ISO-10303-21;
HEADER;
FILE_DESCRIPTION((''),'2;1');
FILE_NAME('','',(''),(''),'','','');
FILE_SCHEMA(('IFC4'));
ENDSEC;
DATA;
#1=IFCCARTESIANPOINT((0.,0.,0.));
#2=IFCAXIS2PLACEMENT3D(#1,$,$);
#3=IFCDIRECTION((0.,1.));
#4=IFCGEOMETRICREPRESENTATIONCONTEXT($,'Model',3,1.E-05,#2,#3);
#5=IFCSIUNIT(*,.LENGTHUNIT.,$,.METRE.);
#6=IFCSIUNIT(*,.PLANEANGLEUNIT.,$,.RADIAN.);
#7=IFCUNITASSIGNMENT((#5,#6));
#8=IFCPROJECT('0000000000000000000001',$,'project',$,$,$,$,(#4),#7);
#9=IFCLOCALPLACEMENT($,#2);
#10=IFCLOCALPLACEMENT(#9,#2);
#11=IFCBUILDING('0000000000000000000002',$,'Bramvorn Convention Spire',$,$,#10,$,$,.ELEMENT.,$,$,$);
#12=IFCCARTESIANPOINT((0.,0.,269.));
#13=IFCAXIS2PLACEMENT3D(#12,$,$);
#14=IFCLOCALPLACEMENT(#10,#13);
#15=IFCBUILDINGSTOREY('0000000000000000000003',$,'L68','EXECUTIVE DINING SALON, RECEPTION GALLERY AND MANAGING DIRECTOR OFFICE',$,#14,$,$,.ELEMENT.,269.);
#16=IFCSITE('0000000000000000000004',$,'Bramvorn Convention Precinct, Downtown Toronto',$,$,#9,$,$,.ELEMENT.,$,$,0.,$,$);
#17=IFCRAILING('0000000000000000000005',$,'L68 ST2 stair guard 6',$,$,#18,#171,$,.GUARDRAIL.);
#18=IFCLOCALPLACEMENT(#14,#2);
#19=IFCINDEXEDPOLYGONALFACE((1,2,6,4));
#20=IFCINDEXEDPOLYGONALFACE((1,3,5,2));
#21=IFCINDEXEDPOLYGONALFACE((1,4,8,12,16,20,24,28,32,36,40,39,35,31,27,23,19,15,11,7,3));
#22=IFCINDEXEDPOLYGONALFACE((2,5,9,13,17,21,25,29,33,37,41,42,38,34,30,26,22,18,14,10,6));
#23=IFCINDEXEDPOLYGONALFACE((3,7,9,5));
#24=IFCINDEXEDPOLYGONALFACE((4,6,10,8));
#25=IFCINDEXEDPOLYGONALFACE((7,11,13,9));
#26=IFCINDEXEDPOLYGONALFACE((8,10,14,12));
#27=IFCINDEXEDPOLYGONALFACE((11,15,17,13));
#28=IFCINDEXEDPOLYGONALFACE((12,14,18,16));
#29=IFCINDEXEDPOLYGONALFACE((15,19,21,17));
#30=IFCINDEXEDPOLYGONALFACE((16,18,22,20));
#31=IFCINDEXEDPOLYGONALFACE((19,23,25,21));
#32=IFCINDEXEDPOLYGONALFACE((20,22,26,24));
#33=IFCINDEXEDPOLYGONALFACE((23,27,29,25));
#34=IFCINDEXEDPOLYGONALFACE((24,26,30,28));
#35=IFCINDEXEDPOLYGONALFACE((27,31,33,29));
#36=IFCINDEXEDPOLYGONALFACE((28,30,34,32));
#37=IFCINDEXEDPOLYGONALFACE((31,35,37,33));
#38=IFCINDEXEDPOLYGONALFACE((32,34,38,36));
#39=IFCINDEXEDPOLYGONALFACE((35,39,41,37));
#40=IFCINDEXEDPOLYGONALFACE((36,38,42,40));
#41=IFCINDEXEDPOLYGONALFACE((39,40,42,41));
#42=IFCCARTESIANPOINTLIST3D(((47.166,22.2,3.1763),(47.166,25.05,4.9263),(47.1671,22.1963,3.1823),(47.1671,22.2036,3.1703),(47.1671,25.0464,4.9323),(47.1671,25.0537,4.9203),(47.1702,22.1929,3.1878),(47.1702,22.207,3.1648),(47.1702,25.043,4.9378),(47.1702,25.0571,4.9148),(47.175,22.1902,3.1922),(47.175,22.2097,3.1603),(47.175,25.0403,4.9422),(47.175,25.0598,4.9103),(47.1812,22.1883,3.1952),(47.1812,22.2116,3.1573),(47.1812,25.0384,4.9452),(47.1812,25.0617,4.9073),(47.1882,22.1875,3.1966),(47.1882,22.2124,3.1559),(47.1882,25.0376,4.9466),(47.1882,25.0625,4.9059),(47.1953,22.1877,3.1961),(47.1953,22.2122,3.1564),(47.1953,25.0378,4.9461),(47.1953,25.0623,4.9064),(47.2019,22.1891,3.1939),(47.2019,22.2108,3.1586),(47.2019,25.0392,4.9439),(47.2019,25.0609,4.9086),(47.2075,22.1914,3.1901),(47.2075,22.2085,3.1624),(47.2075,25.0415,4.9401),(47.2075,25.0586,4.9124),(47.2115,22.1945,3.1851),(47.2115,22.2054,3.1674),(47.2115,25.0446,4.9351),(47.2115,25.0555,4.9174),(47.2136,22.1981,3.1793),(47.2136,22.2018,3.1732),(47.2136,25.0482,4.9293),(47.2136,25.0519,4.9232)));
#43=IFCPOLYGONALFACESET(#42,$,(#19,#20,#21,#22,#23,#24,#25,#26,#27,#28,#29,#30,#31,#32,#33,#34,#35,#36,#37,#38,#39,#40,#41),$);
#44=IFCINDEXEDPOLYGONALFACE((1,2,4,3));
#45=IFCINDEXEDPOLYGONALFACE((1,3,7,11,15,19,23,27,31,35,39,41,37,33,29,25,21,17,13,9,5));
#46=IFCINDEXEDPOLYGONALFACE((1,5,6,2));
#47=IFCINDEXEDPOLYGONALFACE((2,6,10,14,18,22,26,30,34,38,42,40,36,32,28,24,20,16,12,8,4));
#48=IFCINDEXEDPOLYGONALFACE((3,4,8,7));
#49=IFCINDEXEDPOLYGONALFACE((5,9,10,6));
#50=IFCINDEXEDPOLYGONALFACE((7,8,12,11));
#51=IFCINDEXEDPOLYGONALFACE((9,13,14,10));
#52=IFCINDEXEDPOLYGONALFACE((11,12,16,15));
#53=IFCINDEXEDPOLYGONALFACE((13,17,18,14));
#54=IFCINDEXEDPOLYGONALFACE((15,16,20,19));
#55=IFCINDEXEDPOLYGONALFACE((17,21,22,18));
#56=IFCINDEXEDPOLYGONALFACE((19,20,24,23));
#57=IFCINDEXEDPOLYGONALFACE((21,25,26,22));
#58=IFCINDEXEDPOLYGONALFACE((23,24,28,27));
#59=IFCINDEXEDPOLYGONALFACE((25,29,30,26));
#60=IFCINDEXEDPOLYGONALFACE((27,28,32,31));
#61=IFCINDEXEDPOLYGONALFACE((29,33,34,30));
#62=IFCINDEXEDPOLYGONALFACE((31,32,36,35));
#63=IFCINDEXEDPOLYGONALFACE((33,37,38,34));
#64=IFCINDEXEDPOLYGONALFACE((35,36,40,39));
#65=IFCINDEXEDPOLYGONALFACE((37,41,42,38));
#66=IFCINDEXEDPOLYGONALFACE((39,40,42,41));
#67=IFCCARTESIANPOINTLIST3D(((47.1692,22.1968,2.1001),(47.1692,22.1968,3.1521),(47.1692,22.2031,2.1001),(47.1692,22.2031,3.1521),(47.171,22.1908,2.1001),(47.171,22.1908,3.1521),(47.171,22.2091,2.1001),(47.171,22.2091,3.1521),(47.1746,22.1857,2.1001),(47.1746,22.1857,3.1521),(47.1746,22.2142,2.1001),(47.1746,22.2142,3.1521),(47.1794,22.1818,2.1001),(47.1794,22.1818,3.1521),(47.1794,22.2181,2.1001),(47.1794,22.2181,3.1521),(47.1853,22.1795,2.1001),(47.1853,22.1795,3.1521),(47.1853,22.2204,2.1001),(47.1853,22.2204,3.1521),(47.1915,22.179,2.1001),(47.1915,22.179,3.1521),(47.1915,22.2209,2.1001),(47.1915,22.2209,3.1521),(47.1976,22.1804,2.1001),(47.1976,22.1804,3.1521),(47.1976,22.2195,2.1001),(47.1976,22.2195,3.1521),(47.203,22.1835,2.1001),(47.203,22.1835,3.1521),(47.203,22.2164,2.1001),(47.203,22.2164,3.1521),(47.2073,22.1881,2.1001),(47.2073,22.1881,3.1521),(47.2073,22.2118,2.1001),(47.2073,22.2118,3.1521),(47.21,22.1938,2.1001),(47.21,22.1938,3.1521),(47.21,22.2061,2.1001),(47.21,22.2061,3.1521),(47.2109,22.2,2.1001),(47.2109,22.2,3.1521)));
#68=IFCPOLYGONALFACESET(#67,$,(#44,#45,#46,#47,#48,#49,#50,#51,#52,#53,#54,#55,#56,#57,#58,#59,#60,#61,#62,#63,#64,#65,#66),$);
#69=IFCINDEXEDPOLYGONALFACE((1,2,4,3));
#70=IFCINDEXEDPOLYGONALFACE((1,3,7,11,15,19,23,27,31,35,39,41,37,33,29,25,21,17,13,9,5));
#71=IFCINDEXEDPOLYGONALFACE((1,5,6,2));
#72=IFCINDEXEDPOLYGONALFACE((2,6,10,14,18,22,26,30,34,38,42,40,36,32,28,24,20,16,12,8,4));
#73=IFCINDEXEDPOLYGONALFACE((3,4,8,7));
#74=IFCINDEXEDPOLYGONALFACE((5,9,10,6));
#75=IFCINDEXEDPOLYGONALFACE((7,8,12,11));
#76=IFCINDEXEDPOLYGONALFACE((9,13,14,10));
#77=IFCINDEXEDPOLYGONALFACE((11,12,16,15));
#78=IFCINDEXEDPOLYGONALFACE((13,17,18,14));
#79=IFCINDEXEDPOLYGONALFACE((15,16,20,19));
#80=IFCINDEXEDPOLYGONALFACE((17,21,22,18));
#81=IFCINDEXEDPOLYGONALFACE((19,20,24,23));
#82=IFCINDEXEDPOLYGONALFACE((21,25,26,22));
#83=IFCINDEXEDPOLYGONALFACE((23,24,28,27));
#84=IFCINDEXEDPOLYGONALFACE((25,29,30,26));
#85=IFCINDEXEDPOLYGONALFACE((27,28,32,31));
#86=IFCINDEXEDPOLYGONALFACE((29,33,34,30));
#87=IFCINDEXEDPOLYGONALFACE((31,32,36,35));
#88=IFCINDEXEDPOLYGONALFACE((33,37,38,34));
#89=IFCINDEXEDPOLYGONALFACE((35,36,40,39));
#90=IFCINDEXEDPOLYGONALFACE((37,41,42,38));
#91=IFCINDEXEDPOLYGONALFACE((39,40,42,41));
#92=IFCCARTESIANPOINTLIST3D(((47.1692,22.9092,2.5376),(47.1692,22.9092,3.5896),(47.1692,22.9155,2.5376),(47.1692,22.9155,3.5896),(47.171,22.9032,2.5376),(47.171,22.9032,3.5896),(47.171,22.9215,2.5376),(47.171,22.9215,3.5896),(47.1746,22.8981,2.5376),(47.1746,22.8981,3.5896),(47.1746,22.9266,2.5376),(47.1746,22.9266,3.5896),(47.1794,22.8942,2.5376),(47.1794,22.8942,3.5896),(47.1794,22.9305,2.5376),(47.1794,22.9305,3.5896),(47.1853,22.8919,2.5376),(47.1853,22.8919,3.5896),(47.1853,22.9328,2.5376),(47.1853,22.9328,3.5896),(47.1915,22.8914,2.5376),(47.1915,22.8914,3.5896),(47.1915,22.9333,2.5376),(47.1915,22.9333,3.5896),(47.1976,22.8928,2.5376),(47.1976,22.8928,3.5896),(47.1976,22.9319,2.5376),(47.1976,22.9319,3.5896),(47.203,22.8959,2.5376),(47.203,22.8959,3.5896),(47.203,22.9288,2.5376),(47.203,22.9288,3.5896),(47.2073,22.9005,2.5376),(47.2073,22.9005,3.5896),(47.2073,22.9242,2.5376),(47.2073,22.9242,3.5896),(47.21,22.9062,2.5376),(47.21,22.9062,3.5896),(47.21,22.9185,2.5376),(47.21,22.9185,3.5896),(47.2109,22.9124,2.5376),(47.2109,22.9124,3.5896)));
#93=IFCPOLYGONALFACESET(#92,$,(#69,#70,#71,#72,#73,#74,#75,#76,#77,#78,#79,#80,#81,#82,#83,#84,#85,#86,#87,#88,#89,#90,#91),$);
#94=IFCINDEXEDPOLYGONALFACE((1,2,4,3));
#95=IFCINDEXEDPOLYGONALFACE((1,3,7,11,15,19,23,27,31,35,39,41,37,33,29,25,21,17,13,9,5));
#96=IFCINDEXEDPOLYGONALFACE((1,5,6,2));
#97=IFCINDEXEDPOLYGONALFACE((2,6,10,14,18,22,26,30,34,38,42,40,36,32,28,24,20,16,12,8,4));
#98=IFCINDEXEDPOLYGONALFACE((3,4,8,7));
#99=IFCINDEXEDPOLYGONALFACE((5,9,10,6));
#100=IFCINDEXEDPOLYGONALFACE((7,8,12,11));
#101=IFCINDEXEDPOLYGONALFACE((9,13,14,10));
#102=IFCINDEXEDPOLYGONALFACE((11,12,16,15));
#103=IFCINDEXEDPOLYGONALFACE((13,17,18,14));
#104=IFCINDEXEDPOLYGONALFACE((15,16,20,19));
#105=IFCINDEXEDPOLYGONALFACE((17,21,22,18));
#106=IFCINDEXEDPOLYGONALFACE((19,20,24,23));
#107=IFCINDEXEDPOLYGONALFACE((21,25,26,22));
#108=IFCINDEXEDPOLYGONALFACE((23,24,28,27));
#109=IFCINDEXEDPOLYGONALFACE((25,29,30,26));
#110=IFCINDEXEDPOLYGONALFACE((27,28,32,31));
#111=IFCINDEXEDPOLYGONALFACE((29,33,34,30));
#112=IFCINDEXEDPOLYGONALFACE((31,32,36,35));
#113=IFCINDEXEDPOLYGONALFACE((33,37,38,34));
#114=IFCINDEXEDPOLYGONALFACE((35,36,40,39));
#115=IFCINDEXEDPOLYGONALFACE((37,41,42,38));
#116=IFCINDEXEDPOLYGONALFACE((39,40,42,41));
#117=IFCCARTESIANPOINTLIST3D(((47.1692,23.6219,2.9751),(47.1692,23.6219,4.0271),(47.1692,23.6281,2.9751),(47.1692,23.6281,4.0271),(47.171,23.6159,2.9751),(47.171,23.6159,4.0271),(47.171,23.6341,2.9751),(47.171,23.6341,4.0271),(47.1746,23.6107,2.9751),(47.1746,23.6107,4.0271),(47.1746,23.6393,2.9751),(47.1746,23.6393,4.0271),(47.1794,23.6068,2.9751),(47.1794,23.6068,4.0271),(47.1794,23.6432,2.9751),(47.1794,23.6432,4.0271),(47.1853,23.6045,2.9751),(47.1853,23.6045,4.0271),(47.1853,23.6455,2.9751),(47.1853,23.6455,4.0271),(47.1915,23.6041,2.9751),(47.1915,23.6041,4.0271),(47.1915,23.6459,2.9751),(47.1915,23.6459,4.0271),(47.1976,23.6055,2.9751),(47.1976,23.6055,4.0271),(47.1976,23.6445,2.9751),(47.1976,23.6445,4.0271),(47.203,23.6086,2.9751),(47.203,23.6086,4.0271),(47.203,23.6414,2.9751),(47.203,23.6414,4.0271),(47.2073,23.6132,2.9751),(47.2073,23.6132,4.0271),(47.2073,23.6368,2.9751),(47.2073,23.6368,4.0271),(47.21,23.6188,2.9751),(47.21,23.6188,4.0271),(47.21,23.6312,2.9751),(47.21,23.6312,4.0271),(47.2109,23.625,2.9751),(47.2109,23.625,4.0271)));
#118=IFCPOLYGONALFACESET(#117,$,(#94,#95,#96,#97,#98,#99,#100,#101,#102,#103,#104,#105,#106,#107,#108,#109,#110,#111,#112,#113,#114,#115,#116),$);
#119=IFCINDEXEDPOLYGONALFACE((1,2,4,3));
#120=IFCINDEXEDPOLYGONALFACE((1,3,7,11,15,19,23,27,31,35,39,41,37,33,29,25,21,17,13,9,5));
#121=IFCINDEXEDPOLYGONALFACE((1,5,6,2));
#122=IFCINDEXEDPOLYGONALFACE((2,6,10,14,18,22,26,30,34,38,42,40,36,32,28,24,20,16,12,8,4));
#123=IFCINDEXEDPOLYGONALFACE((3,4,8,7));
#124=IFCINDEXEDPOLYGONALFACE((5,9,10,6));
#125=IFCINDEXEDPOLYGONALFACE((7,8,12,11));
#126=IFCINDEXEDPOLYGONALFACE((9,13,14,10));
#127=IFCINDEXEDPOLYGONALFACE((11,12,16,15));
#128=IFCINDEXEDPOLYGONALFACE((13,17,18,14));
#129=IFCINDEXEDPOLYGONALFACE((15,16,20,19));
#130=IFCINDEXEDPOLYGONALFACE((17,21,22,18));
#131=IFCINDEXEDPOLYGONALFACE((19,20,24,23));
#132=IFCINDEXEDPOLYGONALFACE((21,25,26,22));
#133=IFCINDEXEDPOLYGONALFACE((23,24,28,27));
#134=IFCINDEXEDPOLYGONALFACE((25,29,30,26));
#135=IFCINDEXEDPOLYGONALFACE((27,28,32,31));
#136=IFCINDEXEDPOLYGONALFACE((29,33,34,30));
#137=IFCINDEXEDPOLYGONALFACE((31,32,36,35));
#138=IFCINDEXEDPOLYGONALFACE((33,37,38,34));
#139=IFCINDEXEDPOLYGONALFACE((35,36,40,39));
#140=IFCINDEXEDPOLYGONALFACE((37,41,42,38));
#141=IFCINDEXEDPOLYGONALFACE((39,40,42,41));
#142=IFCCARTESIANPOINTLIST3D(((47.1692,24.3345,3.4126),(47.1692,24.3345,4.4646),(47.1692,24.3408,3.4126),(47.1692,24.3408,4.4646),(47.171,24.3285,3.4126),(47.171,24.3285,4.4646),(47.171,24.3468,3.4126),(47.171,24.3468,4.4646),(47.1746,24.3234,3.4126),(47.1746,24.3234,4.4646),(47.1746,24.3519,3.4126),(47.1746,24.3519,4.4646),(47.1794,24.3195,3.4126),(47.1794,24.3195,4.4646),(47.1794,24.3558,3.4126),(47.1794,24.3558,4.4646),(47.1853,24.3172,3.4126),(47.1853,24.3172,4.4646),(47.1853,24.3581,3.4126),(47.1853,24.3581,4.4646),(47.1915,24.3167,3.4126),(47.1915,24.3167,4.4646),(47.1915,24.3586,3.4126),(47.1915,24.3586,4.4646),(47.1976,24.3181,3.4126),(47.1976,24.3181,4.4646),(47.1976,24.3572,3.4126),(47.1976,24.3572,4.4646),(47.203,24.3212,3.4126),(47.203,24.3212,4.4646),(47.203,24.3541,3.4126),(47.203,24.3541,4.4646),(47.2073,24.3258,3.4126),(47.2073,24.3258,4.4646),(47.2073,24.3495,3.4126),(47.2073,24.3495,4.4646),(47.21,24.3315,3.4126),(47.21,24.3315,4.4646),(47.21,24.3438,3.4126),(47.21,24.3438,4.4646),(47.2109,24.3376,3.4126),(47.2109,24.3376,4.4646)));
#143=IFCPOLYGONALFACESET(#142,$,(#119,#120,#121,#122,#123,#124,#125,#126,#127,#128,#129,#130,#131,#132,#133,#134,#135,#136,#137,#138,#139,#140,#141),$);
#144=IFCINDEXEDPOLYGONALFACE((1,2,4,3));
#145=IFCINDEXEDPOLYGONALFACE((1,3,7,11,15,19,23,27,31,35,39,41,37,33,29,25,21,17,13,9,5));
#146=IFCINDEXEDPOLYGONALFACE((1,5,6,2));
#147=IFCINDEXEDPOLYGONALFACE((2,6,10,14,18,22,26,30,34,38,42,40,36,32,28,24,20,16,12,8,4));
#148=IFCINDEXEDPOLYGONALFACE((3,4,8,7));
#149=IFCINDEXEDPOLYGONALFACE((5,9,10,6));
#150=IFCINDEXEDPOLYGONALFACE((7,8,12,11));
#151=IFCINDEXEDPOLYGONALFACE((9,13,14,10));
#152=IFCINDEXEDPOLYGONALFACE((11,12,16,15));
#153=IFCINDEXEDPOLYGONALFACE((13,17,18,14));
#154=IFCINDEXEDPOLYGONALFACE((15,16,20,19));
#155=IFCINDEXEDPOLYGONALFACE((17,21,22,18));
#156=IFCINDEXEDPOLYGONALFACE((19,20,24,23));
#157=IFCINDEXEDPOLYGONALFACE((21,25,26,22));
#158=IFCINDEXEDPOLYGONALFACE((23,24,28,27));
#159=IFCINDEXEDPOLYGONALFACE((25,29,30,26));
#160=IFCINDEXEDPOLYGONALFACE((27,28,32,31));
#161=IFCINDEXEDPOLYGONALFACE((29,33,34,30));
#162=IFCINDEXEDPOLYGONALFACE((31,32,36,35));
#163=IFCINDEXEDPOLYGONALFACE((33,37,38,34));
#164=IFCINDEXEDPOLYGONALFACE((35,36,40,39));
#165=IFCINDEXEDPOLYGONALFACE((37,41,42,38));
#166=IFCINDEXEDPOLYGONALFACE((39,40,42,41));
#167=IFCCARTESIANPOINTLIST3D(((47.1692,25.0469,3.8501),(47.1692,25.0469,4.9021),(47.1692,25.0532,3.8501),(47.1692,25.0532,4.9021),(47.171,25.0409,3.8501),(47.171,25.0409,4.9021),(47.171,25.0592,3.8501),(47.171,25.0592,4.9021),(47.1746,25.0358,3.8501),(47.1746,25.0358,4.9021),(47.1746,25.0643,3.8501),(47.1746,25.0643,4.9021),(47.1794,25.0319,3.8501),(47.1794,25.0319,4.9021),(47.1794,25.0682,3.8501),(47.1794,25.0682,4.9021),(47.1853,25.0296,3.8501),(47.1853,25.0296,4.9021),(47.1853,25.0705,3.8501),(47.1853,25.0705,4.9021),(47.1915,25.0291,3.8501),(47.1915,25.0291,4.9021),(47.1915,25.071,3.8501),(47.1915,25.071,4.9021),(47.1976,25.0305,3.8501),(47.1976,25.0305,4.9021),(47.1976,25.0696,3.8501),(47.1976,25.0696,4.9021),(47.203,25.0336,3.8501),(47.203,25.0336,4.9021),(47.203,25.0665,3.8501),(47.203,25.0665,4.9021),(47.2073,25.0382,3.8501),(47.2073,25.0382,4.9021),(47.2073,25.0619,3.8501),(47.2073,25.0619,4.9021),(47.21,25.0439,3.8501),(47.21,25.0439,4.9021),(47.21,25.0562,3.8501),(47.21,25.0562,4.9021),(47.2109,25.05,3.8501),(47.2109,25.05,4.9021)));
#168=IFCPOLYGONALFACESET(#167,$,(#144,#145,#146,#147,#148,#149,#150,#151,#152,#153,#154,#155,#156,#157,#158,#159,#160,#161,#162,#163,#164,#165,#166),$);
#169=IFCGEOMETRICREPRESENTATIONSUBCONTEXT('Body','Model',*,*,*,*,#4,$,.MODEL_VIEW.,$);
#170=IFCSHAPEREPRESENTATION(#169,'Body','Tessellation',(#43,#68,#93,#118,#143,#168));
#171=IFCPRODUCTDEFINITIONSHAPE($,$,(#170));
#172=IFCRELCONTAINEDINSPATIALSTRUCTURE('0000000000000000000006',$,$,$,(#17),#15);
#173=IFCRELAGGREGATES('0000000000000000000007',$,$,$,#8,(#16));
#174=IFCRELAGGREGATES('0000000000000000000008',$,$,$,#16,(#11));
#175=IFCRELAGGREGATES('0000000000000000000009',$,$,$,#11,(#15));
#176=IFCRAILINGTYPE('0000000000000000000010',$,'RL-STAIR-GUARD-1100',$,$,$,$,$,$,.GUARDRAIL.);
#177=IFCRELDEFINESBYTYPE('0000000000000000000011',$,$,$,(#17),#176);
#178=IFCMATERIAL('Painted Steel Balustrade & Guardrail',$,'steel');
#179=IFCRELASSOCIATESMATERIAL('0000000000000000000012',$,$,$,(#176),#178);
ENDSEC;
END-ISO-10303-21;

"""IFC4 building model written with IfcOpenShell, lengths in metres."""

from ifc_helpers import new_model, si_unit, direction, frame, origin, origin_2d, place, context, subcontext, project, spatial, circle, extrude, material, type_object, element, save


model = new_model("IFC4")

# Units and contexts
model_context = context("Model", 3, precision=1e-05, world=origin(), true_north=direction((0.0, 1.0)))
body_context = subcontext(model_context, "Body", "Model", "MODEL_VIEW")
ifc_project = project(units=[si_unit("LENGTHUNIT", "METRE"), si_unit("PLANEANGLEUNIT", "RADIAN")], contexts=[model_context])

# Site, building, storey
site_placement = place(None, origin())
site = spatial("IfcSite", under=ifc_project, at=site_placement, Name="Bramvorn Convention Precinct, Downtown Toronto", CompositionType="ELEMENT", RefElevation=0.0)
building_placement = place(site_placement, origin())
building = spatial("IfcBuilding", under=site, at=building_placement, Name="Bramvorn Convention Spire", CompositionType="ELEMENT")
storey_placement = place(building_placement, frame((0.0, 0.0, 269.0)))
storey = spatial("IfcBuildingStorey", under=building, at=storey_placement, Name="L68", Description="EXECUTIVE DINING SALON, RECEPTION GALLERY AND MANAGING DIRECTOR OFFICE", CompositionType="ELEMENT", Elevation=269.0)

# Railing
ifc_material_1 = material(Name="Painted Steel Balustrade & Guardrail", Category="steel")
railing_type = type_object("IfcRailingType", Name="RL-STAIR-GUARD-1100", PredefinedType="GUARDRAIL", material=ifc_material_1)
railing_1_placement = place(storey_placement, frame((47.1899, 22.2, 2.1001)))
element("IfcRailing", 1, at=railing_1_placement, inside=storey, type_object=railing_type, Name="L68 ST2 stair guard 6", PredefinedType="GUARDRAIL", context=body_context, shape_type="SweptSolid", body=[
    extrude(circle(Radius=0.0239, at=origin_2d()), frame((0.0, 0.0, 1.0762), z_axis=(0.0, 0.852179, 0.52325), x_axis=(-1.0, 0.0, 0.0)), (0.0, 0.0, 1.0), 3.3445),
    extrude(circle(Radius=0.021, at=origin_2d()), origin(), (0.0, 0.0, 1.0), 1.052),
    extrude(circle(Radius=0.021, at=origin_2d()), frame((0.0, 0.7124, 0.4375)), (0.0, 0.0, 1.0), 1.052),
    extrude(circle(Radius=0.021, at=origin_2d()), frame((0.0, 1.425, 0.875)), (0.0, 0.0, 1.0), 1.052),
    extrude(circle(Radius=0.021, at=origin_2d()), frame((0.0, 2.1377, 1.3125)), (0.0, 0.0, 1.0), 1.052),
    extrude(circle(Radius=0.021, at=origin_2d()), frame((0.0, 2.8501, 1.75)), (0.0, 0.0, 1.0), 1.052),
])

save(model, "model.ifc")
